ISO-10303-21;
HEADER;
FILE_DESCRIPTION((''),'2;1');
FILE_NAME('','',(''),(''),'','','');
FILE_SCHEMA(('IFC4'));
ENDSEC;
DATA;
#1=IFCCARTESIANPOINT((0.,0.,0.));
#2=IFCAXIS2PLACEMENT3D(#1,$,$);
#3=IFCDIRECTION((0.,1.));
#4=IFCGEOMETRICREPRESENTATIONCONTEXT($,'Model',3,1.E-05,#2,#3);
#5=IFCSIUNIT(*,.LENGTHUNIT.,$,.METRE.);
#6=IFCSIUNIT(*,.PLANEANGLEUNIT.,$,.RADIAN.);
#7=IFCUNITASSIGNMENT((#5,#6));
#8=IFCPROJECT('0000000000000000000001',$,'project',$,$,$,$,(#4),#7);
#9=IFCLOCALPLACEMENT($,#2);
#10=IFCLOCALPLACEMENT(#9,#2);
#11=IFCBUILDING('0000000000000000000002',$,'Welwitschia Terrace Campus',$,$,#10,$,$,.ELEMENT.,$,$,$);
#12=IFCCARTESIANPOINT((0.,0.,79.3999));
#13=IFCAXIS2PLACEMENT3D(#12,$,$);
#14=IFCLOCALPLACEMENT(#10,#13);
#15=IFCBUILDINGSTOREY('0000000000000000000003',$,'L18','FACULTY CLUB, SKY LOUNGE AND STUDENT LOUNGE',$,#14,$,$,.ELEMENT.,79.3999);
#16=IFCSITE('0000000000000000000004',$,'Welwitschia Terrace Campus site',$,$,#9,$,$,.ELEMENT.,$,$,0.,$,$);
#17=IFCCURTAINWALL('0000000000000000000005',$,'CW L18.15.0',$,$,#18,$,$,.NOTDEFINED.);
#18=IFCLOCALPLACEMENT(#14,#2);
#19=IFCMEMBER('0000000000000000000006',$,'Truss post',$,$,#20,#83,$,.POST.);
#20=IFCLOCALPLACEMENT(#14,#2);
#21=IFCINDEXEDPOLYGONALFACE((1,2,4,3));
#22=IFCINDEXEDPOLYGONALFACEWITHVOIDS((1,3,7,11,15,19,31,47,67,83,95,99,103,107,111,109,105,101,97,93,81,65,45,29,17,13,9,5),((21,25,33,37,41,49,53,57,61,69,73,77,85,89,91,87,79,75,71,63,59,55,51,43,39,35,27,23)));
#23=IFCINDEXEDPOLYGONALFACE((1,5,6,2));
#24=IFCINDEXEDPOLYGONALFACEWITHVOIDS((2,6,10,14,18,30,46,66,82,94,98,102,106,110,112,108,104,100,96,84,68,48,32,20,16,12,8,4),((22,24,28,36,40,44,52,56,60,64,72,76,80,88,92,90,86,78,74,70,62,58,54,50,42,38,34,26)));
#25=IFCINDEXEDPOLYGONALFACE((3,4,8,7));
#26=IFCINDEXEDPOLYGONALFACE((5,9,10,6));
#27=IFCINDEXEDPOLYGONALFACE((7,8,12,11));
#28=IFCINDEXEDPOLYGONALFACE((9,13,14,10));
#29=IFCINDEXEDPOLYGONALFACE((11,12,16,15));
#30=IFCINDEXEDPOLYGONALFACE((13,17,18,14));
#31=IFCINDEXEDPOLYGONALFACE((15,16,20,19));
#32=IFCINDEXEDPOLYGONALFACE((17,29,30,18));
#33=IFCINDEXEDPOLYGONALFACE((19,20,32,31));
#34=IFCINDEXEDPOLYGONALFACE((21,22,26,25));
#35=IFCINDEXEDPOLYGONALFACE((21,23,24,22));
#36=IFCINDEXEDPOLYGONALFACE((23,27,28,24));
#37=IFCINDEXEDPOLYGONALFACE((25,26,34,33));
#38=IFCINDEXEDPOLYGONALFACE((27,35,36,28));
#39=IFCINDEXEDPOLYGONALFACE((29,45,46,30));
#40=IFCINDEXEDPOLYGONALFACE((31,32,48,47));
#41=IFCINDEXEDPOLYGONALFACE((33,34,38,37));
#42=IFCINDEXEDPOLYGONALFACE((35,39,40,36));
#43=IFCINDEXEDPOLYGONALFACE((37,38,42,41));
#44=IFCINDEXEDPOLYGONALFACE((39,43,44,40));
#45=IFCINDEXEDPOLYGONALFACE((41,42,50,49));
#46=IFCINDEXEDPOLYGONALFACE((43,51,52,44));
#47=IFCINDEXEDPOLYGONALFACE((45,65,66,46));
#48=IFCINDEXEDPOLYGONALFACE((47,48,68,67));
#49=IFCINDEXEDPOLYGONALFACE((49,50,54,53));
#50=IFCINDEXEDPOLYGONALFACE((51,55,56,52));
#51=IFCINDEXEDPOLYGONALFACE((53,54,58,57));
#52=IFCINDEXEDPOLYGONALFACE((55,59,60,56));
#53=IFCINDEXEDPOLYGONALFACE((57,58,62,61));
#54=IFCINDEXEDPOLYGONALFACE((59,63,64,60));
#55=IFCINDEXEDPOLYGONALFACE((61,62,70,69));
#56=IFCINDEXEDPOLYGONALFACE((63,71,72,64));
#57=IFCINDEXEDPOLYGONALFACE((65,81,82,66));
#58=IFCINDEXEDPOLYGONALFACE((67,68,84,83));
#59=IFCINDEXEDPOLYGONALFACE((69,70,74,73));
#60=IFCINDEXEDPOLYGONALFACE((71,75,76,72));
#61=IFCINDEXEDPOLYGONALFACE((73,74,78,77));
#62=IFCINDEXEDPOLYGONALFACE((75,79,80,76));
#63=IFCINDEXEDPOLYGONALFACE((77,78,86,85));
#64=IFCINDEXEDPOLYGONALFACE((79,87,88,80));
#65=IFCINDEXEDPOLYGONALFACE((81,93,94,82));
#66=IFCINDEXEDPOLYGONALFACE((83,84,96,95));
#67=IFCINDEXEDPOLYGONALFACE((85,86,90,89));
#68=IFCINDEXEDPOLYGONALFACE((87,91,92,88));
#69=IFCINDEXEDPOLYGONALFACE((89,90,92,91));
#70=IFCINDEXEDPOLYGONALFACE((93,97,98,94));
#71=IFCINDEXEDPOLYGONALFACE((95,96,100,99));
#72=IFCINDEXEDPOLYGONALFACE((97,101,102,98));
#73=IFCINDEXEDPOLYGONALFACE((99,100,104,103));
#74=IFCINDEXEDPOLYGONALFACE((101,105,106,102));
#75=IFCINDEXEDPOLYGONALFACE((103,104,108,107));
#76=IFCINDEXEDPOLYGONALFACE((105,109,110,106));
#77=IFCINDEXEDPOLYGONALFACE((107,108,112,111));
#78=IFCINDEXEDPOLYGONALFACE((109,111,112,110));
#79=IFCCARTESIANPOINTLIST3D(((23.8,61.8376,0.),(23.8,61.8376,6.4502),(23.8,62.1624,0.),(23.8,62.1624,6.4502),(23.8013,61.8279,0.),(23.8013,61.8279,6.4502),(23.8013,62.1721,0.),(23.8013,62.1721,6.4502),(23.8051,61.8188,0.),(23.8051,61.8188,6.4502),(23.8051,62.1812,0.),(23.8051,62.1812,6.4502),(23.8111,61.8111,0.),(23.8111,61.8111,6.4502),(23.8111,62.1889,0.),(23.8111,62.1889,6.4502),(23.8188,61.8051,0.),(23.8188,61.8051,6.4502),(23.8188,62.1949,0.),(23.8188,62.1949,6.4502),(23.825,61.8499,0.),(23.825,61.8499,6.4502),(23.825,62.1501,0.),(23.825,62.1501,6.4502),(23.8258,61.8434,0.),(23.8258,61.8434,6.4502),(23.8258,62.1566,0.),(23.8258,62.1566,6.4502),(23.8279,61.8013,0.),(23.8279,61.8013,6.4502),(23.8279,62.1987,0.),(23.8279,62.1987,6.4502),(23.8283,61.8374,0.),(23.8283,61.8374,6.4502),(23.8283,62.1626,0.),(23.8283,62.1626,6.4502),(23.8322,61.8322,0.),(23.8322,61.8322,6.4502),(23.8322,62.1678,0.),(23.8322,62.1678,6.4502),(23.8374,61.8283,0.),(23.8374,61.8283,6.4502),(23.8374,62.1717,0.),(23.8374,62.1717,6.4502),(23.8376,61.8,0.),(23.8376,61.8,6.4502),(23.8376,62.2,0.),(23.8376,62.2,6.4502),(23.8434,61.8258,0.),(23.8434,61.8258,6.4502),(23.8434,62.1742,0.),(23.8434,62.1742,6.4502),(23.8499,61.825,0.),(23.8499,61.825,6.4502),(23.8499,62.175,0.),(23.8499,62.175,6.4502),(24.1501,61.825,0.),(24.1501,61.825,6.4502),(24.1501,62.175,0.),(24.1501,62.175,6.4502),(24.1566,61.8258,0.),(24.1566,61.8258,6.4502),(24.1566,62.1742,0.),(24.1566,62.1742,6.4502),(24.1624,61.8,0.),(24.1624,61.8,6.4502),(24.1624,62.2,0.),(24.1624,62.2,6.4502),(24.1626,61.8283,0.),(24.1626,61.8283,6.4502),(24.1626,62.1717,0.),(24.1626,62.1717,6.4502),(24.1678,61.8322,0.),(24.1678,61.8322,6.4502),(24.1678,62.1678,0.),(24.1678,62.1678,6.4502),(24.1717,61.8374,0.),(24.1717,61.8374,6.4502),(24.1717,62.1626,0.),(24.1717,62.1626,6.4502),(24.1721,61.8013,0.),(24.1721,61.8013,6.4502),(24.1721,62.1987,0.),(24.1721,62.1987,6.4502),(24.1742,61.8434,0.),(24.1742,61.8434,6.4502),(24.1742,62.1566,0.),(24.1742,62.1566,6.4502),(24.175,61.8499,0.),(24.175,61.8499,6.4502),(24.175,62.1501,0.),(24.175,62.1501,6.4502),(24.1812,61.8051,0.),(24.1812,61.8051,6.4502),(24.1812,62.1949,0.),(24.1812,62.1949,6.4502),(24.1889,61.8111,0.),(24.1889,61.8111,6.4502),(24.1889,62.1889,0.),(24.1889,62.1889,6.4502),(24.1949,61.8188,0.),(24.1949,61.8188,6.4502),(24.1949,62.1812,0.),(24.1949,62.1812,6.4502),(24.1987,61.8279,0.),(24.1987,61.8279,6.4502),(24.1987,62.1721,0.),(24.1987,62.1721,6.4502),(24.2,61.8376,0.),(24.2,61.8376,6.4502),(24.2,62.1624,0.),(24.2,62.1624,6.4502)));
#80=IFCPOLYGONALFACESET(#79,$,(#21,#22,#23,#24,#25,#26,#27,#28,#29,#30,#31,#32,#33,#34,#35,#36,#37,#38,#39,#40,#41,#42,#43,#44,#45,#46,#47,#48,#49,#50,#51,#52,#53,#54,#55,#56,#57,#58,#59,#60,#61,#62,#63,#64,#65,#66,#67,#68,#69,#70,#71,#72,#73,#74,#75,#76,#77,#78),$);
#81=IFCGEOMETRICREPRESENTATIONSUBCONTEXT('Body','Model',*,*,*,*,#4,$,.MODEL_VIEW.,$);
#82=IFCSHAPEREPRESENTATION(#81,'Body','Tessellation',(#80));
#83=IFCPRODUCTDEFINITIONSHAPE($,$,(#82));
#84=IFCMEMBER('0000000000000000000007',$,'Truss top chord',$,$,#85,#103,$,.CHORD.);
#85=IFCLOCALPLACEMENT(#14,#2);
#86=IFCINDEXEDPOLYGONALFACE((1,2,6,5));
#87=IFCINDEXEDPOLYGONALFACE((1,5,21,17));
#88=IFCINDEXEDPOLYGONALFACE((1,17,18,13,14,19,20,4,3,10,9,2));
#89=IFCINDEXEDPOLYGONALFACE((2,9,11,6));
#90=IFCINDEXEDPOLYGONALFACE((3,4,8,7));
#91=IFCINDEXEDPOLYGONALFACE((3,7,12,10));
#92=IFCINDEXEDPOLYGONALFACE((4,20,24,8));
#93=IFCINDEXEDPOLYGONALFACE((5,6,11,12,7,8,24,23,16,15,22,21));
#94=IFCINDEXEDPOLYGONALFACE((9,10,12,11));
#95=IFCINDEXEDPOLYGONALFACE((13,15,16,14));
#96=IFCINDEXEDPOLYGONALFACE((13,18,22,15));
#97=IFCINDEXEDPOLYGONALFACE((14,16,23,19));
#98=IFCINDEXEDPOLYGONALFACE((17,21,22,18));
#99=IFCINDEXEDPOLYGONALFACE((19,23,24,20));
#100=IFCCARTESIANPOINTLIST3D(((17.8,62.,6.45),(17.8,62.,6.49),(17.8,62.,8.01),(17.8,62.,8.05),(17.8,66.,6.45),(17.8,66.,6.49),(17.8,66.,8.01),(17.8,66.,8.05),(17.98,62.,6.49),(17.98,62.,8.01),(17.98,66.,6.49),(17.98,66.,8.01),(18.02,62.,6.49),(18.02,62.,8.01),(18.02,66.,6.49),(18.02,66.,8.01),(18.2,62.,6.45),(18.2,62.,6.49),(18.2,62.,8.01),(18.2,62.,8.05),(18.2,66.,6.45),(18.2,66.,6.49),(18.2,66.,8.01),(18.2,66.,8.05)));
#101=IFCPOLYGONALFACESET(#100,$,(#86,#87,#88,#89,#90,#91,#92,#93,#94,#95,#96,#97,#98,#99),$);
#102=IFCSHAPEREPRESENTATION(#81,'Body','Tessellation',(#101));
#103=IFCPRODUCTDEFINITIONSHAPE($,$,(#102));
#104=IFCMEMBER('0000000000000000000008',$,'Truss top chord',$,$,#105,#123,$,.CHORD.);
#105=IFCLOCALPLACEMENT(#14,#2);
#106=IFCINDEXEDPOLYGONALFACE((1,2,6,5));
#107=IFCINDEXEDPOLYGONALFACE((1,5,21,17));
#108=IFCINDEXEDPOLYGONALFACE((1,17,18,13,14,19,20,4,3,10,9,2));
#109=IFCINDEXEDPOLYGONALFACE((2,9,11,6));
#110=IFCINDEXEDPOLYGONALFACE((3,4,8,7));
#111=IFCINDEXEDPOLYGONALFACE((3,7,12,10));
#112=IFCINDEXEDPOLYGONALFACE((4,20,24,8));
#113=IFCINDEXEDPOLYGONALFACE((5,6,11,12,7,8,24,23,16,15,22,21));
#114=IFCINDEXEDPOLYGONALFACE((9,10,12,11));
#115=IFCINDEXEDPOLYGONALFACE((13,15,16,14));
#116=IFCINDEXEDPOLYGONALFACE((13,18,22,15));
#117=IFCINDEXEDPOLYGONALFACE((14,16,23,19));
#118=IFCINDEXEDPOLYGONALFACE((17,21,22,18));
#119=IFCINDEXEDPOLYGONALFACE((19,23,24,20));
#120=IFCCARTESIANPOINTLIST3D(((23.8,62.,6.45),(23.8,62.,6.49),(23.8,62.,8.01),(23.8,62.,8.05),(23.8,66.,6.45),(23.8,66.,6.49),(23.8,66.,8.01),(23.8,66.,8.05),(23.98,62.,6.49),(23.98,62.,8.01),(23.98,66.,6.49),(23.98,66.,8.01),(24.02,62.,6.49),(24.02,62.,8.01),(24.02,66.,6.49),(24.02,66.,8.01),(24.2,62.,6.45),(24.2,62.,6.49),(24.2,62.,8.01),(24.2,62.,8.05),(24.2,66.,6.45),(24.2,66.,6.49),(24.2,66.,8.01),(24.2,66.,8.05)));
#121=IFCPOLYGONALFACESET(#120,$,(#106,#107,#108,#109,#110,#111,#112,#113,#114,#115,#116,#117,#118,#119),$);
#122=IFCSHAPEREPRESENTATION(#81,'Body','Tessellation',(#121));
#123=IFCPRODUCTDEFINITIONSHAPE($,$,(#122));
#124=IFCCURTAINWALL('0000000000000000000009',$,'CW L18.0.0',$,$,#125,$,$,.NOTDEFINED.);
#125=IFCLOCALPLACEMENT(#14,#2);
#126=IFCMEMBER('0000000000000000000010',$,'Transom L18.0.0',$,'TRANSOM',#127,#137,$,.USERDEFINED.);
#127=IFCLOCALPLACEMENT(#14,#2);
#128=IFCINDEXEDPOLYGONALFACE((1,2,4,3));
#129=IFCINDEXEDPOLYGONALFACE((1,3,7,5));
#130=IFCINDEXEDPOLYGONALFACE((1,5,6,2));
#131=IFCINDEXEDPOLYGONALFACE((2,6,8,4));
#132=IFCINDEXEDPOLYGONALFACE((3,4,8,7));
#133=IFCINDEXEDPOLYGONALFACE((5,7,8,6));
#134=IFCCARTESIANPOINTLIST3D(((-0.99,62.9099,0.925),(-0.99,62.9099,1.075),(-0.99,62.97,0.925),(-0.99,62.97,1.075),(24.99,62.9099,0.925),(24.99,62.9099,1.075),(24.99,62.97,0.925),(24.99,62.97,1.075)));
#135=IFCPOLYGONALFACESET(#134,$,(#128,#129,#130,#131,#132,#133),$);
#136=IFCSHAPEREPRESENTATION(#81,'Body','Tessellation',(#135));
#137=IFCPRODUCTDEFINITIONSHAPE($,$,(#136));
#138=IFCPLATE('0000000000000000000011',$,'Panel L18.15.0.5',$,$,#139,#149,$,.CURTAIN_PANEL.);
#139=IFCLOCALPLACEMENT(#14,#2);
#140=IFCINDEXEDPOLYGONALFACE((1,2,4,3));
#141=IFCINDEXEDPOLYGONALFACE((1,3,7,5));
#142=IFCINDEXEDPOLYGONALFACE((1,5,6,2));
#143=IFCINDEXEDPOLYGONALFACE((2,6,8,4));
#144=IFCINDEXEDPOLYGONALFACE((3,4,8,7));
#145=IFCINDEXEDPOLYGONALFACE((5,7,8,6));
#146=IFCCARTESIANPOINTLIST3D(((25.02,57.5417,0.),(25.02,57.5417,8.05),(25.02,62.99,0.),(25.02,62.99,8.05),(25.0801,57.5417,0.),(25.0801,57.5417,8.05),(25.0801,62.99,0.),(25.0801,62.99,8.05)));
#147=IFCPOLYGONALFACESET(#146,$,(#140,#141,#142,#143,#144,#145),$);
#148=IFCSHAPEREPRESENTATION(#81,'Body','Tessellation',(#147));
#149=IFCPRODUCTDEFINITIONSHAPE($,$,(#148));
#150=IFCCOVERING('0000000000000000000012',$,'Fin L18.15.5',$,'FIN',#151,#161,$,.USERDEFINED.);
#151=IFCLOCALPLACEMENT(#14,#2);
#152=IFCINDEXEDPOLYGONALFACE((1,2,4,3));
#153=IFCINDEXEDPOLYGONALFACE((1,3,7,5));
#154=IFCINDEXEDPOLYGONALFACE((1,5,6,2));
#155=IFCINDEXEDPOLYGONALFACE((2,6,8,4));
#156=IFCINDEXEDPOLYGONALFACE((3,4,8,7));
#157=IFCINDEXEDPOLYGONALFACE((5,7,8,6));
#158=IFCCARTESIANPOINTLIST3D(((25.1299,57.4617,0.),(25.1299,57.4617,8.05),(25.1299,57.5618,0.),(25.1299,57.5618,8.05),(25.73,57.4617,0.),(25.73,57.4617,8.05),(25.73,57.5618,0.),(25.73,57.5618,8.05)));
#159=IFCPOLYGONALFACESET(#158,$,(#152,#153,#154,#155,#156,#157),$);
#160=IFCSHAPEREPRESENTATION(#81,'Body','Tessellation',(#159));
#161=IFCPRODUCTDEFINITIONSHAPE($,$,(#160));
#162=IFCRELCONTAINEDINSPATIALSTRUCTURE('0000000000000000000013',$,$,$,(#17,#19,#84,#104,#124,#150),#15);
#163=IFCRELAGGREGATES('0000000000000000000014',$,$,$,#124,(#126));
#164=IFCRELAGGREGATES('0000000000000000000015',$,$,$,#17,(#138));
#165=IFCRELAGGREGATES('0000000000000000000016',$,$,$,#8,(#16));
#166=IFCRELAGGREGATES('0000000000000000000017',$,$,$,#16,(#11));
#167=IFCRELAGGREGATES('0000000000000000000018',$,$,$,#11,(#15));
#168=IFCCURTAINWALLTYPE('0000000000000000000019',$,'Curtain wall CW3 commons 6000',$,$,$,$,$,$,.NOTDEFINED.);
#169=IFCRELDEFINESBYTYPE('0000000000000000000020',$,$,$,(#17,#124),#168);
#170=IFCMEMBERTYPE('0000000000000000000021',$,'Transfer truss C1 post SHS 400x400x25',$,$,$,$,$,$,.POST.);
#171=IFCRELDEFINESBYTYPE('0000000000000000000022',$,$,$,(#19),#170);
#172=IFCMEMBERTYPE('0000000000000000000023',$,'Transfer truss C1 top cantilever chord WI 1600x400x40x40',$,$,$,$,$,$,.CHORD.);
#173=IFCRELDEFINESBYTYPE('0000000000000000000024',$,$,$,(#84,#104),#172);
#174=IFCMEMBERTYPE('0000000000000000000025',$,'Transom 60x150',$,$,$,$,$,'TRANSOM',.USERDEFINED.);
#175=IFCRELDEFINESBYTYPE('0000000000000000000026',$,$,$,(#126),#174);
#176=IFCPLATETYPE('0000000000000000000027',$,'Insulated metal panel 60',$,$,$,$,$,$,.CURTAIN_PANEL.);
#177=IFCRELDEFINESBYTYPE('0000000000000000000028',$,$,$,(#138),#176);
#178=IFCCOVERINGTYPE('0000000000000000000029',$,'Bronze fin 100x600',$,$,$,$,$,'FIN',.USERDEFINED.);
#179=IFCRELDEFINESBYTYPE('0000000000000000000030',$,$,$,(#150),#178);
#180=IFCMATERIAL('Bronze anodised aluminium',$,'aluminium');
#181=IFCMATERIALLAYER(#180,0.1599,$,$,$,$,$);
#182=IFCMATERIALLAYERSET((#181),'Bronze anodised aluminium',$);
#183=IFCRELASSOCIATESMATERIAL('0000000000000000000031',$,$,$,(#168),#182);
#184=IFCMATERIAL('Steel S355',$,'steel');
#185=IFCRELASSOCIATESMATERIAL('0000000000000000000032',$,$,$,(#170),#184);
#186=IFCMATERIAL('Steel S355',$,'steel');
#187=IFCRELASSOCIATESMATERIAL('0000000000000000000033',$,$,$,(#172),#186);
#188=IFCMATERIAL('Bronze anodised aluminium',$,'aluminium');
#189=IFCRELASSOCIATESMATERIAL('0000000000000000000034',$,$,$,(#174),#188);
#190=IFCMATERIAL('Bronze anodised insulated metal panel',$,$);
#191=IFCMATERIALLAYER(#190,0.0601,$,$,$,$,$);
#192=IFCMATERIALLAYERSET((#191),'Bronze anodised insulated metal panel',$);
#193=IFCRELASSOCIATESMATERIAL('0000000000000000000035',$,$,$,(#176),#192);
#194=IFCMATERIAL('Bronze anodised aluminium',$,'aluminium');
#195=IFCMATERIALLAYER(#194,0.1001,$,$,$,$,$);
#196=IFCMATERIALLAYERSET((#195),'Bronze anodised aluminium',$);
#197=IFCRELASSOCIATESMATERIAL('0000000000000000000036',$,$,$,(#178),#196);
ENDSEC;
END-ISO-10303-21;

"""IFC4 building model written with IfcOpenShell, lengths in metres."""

from ifc_helpers import new_model, si_unit, direction, frame, origin, origin_2d, place, context, subcontext, project, spatial, rectangle, hollow_rectangle, i_section, extrude, material, layer, layer_set, material_profile, profile_set, type_object, element, aggregate, save


model = new_model("IFC4")

# Units and contexts
model_context = context("Model", 3, precision=1e-05, world=origin(), true_north=direction((0.0, 1.0)))
body_context = subcontext(model_context, "Body", "Model", "MODEL_VIEW")
ifc_project = project(units=[si_unit("LENGTHUNIT", "METRE"), si_unit("PLANEANGLEUNIT", "RADIAN")], contexts=[model_context])

# Site, building, storey
site_placement = place(None, origin())
site = spatial("IfcSite", under=ifc_project, at=site_placement, Name="Welwitschia Terrace Campus site", CompositionType="ELEMENT", RefElevation=0.0)
building_placement = place(site_placement, origin())
building = spatial("IfcBuilding", under=site, at=building_placement, Name="Welwitschia Terrace Campus", CompositionType="ELEMENT")
storey_placement = place(building_placement, frame((0.0, 0.0, 79.3999)))
storey = spatial("IfcBuildingStorey", under=building, at=storey_placement, Name="L18", Description="FACULTY CLUB, SKY LOUNGE AND STUDENT LOUNGE", CompositionType="ELEMENT", Elevation=79.3999)

# Curtain wall
ifc_material_1 = material(Name="Bronze anodised aluminium", Category="aluminium")
ifc_layer_1 = layer(ifc_material_1, 0.1599)
ifc_layer_set_1 = layer_set([ifc_layer_1], Name="Bronze anodised aluminium")
curtain_wall_type = type_object("IfcCurtainWallType", Name="Curtain wall CW3 commons 6000", PredefinedType="NOTDEFINED", material=ifc_layer_set_1)
curtain_wall_1_placement = place(storey_placement, origin())
curtain_wall_1 = element("IfcCurtainWall", 1, at=curtain_wall_1_placement, inside=storey, type_object=curtain_wall_type, Name="CW L18.15.0", PredefinedType="NOTDEFINED")

# Members
ifc_material_2 = material(Name="Steel S355", Category="steel")
ifc_material_profile_1 = material_profile(ifc_material_2, hollow_rectangle(XDim=0.3999, YDim=0.3999, WallThickness=0.0249, InnerFilletRadius=0.0249, OuterFilletRadius=0.0376, at=origin_2d()))
ifc_profile_set_1 = profile_set([ifc_material_profile_1], Name="Steel S355")
member_type_1 = type_object("IfcMemberType", Name="Transfer truss C1 post SHS 400x400x25", PredefinedType="POST", material=ifc_profile_set_1)
for number, where, z_axis, x_axis, name in (
    (2, (24.0, 62.0, 0.0), (0.0, 0.0, 1.0), (1.0, 0.0, 0.0), "Truss post"),
):
    element("IfcMember", number, at=place(storey_placement, frame(where, z_axis=z_axis, x_axis=x_axis)), inside=storey, type_object=member_type_1, Name=name, PredefinedType="POST", context=body_context, shape_type="SweptSolid", body=[
        extrude(hollow_rectangle(XDim=0.3999, YDim=0.3999, WallThickness=0.0249, InnerFilletRadius=0.0249, OuterFilletRadius=0.0376, at=origin_2d()), origin(), (0.0, 0.0, 1.0), 6.4502),
    ])
ifc_material_3 = material(Name="Steel S355", Category="steel")
ifc_material_profile_2 = material_profile(ifc_material_3, i_section(OverallWidth=0.3999, OverallDepth=1.6001, WebThickness=0.04, FlangeThickness=0.04, at=origin_2d()))
ifc_profile_set_2 = profile_set([ifc_material_profile_2], Name="Steel S355")
member_type_2 = type_object("IfcMemberType", Name="Transfer truss C1 top cantilever chord WI 1600x400x40x40", PredefinedType="CHORD", material=ifc_profile_set_2)
for number, where, z_axis, x_axis, name in (
    (3, (18.0, 62.0, 7.25), (0.0, 1.0, 0.0), (-1.0, 0.0, 0.0), "Truss top chord"),
    (4, (24.0, 62.0, 7.25), (0.0, 1.0, 0.0), (-1.0, 0.0, 0.0), "Truss top chord"),
):
    element("IfcMember", number, at=place(storey_placement, frame(where, z_axis=z_axis, x_axis=x_axis)), inside=storey, type_object=member_type_2, Name=name, PredefinedType="CHORD", context=body_context, shape_type="SweptSolid", body=[
        extrude(i_section(OverallWidth=0.3999, OverallDepth=1.6001, WebThickness=0.04, FlangeThickness=0.04, at=origin_2d()), origin(), (0.0, 0.0, 1.0), 4.0),
    ])

# Curtain wall, member
curtain_wall_2_placement = place(storey_placement, origin())
curtain_wall_2 = element("IfcCurtainWall", 5, at=curtain_wall_2_placement, inside=storey, type_object=curtain_wall_type, Name="CW L18.0.0", PredefinedType="NOTDEFINED")
ifc_material_4 = material(Name="Bronze anodised aluminium", Category="aluminium")
ifc_material_profile_3 = material_profile(ifc_material_4, rectangle(XDim=0.0601, YDim=0.1499, at=origin_2d()))
ifc_profile_set_3 = profile_set([ifc_material_profile_3], Name="Bronze anodised aluminium")
member_type_3 = type_object("IfcMemberType", Name="Transom 60x150", ElementType="TRANSOM", PredefinedType="USERDEFINED", material=ifc_profile_set_3)
member_1_placement = place(storey_placement, frame((24.99, 62.9399, 1.0), z_axis=(-1.0, 0.0, 0.0), x_axis=(0.0, -1.0, 0.0)))
member_1 = element("IfcMember", 6, at=member_1_placement, type_object=member_type_3, Name="Transom L18.0.0", ObjectType="TRANSOM", PredefinedType="USERDEFINED", context=body_context, shape_type="SweptSolid", body=[
    extrude(rectangle(XDim=0.0601, YDim=0.1499, at=origin_2d()), origin(), (0.0, 0.0, 1.0), 25.98),
])
aggregate(curtain_wall_2, [member_1])

# Plate
ifc_material_5 = material(Name="Bronze anodised insulated metal panel")
ifc_layer_2 = layer(ifc_material_5, 0.0601)
ifc_layer_set_2 = layer_set([ifc_layer_2], Name="Bronze anodised insulated metal panel")
plate_type = type_object("IfcPlateType", Name="Insulated metal panel 60", PredefinedType="CURTAIN_PANEL", material=ifc_layer_set_2)
plate_placement = place(storey_placement, frame((25.05, 60.2659, 0.0), z_axis=(0.0, 0.0, 1.0), x_axis=(0.0, 1.0, 0.0)))
plate = element("IfcPlate", 7, at=plate_placement, type_object=plate_type, Name="Panel L18.15.0.5", PredefinedType="CURTAIN_PANEL", context=body_context, shape_type="SweptSolid", body=[
    extrude(rectangle(XDim=5.4482, YDim=0.0601, at=origin_2d()), origin(), (0.0, 0.0, 1.0), 8.05),
])
aggregate(curtain_wall_1, [plate])

# Covering
ifc_material_6 = material(Name="Bronze anodised aluminium", Category="aluminium")
ifc_layer_3 = layer(ifc_material_6, 0.1001)
ifc_layer_set_3 = layer_set([ifc_layer_3], Name="Bronze anodised aluminium")
covering_type = type_object("IfcCoveringType", Name="Bronze fin 100x600", ElementType="FIN", PredefinedType="USERDEFINED", material=ifc_layer_set_3)
covering_placement = place(storey_placement, frame((25.4299, 57.5117, 0.0), z_axis=(0.0, 0.0, 1.0), x_axis=(0.0, 1.0, 0.0)))
element("IfcCovering", 8, at=covering_placement, inside=storey, type_object=covering_type, Name="Fin L18.15.5", ObjectType="FIN", PredefinedType="USERDEFINED", context=body_context, shape_type="SweptSolid", body=[
    extrude(rectangle(XDim=0.1001, YDim=0.6001, at=origin_2d()), origin(), (0.0, 0.0, 1.0), 8.05),
])

save(model, "model.ifc")
